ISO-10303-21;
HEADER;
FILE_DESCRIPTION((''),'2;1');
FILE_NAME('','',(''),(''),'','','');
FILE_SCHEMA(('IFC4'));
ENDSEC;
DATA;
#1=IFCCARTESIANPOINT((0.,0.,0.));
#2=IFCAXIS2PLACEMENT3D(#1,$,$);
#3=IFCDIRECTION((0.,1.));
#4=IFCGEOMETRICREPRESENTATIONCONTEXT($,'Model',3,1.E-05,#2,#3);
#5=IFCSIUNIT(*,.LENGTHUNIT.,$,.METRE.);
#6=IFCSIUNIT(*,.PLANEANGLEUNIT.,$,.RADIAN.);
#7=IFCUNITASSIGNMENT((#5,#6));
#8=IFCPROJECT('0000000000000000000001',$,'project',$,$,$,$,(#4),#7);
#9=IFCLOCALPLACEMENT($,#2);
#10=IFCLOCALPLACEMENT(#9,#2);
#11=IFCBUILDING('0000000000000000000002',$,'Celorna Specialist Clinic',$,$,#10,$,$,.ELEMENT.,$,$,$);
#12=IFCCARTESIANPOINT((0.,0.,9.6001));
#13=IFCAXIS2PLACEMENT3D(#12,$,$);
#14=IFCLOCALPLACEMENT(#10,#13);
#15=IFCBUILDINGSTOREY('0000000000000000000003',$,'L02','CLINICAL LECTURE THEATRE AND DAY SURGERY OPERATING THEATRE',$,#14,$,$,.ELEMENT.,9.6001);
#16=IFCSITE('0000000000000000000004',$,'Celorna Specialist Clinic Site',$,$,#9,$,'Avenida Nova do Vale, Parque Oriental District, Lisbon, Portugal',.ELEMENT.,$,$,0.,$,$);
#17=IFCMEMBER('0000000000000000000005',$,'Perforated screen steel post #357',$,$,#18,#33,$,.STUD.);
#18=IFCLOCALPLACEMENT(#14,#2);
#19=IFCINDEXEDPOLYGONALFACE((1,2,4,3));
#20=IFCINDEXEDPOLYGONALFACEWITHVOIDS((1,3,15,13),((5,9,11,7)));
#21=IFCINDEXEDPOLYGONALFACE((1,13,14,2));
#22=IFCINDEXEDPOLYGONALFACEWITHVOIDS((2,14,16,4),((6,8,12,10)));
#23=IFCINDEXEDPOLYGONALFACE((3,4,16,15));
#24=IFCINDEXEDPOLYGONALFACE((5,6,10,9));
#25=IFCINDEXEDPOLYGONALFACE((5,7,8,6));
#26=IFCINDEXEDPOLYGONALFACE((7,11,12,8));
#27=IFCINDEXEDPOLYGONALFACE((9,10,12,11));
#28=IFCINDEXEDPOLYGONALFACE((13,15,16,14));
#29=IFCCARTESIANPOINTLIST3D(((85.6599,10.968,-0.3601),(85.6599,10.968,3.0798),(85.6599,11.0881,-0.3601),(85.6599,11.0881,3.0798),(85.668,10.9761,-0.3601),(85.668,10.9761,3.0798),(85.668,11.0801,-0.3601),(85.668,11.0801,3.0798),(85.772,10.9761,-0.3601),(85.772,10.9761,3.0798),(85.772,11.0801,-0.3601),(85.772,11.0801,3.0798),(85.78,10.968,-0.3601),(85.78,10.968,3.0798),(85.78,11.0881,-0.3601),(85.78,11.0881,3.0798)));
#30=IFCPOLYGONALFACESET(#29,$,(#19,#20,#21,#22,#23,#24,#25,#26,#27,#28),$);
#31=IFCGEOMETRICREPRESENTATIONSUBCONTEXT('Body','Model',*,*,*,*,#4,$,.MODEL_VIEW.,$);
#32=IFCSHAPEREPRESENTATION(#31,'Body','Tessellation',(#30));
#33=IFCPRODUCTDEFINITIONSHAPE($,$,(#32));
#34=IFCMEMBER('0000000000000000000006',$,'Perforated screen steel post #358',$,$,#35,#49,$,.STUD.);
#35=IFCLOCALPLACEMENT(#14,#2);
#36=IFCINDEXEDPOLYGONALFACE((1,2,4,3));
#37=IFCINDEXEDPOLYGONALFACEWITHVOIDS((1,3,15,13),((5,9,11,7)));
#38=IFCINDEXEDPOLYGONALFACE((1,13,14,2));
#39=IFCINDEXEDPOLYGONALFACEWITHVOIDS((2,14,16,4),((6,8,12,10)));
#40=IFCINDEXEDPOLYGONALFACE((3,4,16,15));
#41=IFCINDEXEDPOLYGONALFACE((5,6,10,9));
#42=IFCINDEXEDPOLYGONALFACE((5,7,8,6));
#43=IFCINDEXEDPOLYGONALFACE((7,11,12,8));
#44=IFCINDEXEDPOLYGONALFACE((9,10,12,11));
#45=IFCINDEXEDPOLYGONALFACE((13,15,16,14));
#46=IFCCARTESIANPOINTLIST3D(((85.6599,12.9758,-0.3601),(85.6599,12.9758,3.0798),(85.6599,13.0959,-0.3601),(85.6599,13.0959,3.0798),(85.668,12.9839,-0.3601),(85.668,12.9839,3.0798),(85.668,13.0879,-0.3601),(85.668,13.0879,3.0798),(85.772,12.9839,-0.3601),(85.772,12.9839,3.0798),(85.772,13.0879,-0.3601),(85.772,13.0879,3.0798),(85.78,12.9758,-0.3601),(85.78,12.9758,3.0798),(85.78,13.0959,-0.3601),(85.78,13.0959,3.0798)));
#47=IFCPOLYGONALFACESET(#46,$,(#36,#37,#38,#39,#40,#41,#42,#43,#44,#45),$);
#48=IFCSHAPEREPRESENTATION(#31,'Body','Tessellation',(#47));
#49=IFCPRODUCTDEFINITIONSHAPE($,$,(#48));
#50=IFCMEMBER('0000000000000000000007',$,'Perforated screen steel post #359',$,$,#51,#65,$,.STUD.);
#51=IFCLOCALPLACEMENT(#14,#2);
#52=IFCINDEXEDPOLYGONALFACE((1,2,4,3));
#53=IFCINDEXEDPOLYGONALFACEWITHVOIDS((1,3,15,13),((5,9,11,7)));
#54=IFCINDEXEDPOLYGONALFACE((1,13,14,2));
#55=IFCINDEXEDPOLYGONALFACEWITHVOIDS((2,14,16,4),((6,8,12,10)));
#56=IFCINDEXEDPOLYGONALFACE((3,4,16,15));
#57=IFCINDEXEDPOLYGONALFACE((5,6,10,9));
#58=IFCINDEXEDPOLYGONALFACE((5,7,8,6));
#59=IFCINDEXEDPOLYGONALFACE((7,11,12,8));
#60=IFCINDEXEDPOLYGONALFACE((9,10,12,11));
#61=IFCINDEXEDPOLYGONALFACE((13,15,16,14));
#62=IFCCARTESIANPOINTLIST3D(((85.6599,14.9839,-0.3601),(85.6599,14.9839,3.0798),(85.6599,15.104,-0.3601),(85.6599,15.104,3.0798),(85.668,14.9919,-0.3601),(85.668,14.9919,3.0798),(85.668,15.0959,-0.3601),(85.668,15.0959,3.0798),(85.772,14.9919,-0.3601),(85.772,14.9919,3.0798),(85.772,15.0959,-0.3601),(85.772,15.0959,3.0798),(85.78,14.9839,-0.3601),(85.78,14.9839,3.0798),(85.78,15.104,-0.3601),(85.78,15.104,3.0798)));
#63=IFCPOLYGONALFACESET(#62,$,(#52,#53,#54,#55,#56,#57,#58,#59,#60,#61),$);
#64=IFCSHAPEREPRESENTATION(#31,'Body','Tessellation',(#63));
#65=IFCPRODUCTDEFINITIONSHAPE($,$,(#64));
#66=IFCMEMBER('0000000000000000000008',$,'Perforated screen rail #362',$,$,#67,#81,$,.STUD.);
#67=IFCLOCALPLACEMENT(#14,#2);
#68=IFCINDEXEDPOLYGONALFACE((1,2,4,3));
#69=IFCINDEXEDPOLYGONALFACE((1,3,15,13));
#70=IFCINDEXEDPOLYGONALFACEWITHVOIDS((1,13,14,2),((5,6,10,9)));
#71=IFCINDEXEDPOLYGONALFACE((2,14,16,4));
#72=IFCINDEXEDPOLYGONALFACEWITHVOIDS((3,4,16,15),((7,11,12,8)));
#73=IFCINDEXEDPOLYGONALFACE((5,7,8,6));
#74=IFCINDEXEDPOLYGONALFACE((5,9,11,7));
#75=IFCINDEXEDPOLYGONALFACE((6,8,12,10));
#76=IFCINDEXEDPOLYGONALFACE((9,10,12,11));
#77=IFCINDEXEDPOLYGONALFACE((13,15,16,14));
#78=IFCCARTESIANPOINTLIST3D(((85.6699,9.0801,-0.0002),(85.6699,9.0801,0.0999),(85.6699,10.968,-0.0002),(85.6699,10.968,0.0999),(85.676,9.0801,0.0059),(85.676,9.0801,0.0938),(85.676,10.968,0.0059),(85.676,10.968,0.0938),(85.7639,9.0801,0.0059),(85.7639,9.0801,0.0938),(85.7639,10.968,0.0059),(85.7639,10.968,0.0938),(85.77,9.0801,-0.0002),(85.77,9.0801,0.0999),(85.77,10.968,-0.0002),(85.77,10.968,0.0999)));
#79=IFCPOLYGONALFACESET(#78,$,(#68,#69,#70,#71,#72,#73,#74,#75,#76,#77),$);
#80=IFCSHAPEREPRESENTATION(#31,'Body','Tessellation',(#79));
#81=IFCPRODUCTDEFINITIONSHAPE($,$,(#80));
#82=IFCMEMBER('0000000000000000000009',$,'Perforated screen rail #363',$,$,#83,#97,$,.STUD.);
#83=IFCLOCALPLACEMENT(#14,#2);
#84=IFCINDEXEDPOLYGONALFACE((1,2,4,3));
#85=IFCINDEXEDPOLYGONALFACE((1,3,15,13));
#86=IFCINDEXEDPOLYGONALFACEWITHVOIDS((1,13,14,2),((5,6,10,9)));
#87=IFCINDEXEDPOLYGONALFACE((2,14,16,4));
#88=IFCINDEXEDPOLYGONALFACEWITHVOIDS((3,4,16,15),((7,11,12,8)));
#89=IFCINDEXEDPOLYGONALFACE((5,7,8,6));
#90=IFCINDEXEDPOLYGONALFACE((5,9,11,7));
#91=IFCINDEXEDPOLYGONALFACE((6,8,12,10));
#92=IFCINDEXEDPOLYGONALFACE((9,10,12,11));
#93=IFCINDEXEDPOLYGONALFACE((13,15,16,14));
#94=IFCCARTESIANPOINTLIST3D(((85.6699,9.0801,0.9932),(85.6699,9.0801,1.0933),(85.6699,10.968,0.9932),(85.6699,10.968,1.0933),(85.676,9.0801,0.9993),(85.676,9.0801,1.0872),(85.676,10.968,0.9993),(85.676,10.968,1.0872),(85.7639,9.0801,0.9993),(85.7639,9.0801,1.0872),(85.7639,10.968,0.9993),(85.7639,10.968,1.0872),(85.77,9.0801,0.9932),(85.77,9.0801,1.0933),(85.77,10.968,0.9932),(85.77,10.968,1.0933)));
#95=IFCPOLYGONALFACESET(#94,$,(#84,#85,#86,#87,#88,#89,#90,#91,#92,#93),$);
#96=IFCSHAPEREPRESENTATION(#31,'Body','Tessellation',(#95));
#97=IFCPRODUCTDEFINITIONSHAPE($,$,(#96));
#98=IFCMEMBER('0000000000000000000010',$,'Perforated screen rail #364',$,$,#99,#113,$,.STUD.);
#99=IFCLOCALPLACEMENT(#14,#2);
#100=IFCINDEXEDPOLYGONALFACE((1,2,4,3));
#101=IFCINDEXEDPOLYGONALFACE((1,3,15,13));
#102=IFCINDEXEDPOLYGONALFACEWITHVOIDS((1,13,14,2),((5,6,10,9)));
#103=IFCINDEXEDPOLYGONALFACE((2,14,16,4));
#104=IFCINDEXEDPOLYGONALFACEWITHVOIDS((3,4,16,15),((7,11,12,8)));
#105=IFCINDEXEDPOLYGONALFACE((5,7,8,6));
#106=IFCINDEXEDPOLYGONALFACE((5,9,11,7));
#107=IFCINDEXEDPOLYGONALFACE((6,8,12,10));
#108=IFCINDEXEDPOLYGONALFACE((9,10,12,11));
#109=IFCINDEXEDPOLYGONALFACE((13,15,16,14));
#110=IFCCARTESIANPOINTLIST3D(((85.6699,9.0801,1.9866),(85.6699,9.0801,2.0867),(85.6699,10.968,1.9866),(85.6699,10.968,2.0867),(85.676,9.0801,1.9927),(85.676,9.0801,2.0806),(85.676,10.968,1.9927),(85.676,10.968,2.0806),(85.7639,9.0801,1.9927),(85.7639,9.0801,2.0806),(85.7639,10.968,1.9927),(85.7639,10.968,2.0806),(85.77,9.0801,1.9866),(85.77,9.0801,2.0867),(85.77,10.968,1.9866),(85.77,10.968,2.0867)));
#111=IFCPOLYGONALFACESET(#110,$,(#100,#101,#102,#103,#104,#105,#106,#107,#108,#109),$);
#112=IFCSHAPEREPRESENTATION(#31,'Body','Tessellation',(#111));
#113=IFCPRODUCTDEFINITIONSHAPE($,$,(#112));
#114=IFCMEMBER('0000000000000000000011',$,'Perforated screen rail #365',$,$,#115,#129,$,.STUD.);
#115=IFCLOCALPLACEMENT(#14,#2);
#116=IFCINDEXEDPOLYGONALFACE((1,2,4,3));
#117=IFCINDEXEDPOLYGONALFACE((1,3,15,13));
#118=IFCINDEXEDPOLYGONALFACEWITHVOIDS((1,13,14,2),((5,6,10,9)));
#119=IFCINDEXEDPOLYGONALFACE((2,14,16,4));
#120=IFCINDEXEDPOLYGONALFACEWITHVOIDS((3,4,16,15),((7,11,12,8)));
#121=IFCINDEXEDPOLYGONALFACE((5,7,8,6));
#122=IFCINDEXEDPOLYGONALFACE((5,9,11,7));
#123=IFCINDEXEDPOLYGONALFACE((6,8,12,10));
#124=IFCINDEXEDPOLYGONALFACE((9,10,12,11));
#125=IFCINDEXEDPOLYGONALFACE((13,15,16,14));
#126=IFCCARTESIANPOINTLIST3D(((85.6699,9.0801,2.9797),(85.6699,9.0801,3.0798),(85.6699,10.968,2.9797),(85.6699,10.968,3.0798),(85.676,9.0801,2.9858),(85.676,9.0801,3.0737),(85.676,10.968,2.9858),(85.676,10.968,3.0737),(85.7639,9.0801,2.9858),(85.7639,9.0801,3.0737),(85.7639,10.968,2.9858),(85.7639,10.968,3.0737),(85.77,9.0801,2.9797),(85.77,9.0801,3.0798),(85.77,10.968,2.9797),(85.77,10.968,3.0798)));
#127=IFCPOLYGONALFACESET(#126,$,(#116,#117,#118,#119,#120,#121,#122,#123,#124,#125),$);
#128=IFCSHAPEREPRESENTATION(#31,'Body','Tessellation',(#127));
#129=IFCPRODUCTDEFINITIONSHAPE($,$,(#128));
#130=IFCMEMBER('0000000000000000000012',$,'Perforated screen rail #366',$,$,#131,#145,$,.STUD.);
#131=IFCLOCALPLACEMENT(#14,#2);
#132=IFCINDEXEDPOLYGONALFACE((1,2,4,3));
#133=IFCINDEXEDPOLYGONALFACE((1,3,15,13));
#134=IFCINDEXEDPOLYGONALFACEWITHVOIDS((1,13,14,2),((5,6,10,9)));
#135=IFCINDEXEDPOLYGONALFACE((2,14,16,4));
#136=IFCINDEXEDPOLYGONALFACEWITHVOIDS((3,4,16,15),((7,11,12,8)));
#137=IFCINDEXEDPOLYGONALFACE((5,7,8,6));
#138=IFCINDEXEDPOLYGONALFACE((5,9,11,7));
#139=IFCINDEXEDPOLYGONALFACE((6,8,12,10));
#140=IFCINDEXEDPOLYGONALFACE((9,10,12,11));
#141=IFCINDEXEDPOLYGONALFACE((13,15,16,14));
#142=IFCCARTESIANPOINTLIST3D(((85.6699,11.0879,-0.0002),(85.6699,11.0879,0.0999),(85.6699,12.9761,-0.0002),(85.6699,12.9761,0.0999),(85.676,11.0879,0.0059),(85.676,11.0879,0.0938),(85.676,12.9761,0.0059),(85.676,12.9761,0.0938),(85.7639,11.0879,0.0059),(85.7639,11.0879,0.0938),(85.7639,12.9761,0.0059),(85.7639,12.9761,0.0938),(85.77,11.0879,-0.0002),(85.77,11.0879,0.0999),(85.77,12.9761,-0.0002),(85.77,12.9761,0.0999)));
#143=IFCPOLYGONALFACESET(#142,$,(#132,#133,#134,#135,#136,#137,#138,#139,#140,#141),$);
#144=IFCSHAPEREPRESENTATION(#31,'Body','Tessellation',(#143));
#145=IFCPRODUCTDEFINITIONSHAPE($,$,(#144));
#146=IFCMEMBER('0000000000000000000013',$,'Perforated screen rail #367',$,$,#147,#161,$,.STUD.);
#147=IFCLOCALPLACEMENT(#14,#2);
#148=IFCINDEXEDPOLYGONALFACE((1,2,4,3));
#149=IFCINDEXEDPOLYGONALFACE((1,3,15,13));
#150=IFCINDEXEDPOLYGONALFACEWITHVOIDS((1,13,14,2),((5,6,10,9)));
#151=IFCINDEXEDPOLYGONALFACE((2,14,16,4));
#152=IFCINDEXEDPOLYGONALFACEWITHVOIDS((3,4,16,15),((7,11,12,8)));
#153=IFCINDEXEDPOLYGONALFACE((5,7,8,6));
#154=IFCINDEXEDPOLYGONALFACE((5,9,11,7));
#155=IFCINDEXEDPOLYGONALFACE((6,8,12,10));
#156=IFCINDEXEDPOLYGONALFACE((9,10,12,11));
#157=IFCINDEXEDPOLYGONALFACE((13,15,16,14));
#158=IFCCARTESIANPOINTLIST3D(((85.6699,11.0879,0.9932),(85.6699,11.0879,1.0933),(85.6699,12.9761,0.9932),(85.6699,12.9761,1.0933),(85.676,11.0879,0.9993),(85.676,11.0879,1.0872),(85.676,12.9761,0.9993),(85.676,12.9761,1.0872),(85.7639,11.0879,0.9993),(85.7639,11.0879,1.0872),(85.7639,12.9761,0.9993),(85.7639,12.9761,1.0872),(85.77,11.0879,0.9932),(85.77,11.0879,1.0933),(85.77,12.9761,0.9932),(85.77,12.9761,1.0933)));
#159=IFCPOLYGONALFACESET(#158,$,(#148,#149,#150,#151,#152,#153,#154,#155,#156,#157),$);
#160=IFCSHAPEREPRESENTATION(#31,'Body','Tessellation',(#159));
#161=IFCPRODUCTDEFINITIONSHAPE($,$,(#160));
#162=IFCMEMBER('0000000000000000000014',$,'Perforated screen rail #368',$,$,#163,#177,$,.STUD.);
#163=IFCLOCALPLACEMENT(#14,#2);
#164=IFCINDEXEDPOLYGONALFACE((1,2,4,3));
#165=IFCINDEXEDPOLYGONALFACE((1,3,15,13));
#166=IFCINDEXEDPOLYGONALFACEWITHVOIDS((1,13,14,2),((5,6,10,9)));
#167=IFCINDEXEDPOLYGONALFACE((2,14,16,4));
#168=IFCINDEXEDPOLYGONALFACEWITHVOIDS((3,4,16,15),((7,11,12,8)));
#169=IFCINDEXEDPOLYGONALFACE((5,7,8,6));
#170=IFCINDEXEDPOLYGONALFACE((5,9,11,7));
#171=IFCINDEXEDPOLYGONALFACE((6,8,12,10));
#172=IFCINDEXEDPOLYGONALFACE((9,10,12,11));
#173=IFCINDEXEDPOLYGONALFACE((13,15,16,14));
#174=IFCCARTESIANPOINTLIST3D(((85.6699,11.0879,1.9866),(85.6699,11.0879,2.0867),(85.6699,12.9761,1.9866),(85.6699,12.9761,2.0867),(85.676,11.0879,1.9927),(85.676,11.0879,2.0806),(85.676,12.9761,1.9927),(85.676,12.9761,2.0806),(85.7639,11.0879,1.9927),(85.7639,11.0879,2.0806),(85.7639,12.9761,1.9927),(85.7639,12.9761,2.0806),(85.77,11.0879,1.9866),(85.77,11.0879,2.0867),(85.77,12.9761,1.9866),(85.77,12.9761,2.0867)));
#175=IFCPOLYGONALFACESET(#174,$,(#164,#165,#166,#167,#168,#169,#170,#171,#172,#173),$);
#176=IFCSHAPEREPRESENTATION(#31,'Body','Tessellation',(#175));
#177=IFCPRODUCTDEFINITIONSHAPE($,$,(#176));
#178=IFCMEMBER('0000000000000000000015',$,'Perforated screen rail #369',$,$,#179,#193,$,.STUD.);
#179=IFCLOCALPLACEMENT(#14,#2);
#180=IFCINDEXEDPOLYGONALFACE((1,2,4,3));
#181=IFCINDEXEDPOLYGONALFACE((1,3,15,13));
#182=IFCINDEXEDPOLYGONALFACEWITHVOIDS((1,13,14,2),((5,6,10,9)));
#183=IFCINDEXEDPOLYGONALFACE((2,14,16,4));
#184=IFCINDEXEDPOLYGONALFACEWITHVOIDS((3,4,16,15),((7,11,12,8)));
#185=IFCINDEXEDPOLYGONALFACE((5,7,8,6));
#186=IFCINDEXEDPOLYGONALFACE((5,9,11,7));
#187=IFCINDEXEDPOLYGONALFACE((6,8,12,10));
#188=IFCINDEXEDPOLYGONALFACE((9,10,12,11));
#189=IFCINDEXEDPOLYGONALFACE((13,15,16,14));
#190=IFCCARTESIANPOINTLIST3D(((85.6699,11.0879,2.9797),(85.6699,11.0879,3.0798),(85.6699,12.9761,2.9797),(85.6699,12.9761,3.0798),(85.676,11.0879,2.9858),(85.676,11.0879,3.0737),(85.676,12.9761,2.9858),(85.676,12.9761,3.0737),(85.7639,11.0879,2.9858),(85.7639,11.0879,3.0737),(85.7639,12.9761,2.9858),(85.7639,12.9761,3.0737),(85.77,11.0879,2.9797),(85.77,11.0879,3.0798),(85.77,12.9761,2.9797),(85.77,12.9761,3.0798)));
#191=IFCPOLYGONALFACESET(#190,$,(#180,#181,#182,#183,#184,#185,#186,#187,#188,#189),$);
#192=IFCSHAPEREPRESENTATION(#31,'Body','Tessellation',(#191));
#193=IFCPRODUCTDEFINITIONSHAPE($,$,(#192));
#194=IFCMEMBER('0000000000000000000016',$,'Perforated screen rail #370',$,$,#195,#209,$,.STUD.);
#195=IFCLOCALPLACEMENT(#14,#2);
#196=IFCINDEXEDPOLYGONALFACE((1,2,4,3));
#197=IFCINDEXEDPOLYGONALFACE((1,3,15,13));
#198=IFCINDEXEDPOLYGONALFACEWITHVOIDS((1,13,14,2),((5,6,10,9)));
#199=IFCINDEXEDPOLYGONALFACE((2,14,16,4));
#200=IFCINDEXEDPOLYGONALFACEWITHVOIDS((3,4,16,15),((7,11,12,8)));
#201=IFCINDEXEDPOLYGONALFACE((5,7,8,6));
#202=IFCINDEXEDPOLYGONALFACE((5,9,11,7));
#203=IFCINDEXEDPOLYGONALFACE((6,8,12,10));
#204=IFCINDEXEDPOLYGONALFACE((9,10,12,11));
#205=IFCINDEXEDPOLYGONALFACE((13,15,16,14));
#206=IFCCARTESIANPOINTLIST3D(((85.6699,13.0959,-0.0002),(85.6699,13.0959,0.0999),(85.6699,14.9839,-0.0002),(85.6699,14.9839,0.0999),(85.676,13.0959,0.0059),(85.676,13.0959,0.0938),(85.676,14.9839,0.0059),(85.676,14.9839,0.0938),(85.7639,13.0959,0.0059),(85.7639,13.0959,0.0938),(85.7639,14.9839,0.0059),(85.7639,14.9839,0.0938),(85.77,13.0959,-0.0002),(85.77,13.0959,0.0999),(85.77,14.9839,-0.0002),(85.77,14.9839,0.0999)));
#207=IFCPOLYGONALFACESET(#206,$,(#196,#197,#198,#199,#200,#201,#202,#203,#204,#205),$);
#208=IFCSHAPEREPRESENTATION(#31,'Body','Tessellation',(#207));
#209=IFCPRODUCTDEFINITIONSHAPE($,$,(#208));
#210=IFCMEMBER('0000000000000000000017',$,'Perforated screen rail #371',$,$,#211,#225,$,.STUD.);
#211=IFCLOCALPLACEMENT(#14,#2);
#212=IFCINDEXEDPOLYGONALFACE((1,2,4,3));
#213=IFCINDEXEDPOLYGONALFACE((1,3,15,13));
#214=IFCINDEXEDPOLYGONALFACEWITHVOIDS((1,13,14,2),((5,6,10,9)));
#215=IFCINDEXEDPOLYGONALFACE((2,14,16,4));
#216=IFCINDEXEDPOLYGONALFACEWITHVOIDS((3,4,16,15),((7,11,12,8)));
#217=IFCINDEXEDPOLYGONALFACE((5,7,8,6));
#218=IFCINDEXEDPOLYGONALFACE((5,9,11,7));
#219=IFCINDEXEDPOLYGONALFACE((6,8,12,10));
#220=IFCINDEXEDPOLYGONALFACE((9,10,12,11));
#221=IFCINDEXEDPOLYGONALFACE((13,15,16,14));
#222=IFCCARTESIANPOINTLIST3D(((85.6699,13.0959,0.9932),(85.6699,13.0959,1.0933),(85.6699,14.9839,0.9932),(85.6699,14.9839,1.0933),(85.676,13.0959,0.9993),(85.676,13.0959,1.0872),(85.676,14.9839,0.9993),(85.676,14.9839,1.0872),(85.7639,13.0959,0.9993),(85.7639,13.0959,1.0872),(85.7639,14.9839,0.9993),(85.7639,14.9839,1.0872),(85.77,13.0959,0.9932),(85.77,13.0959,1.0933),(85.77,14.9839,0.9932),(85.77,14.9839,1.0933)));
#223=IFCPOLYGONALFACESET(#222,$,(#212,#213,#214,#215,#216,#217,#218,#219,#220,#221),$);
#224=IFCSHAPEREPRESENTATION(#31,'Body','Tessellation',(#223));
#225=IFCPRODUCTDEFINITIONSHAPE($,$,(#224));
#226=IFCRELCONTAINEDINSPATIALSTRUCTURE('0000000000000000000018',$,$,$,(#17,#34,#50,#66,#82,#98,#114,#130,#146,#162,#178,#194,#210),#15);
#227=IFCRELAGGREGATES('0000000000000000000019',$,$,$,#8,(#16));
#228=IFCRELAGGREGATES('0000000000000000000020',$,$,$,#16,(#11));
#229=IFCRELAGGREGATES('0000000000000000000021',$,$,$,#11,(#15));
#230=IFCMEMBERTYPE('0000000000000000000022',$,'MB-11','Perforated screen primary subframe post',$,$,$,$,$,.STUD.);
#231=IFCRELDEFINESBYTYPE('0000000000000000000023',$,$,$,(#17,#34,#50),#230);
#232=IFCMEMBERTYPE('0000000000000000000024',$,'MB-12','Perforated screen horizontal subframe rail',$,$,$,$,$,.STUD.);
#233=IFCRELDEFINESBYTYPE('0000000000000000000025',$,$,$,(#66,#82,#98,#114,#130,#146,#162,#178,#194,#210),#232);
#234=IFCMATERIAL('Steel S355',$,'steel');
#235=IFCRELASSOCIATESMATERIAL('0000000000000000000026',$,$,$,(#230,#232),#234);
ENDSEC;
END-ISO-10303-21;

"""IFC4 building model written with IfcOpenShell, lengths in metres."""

from ifc_helpers import new_model, si_unit, direction, frame, origin, origin_2d, place, context, subcontext, project, spatial, hollow_rectangle, extrude, material, material_profile, profile_set, type_object, element, save


model = new_model("IFC4")

# Units and contexts
model_context = context("Model", 3, precision=1e-05, world=origin(), true_north=direction((0.0, 1.0)))
body_context = subcontext(model_context, "Body", "Model", "MODEL_VIEW")
ifc_project = project(units=[si_unit("LENGTHUNIT", "METRE"), si_unit("PLANEANGLEUNIT", "RADIAN")], contexts=[model_context])

# Site, building, storey
site_placement = place(None, origin())
site = spatial("IfcSite", under=ifc_project, at=site_placement, Name="Celorna Specialist Clinic Site", LongName="Avenida Nova do Vale, Parque Oriental District, Lisbon, Portugal", CompositionType="ELEMENT", RefElevation=0.0)
building_placement = place(site_placement, origin())
building = spatial("IfcBuilding", under=site, at=building_placement, Name="Celorna Specialist Clinic", CompositionType="ELEMENT")
storey_placement = place(building_placement, frame((0.0, 0.0, 9.6001)))
storey = spatial("IfcBuildingStorey", under=building, at=storey_placement, Name="L02", Description="CLINICAL LECTURE THEATRE AND DAY SURGERY OPERATING THEATRE", CompositionType="ELEMENT", Elevation=9.6001)

# Members
ifc_material_1 = material(Name="Steel S355", Category="steel")
ifc_material_profile_1 = material_profile(ifc_material_1, hollow_rectangle(XDim=0.1201, YDim=0.1201, WallThickness=0.0081, at=origin_2d()), Name="SHS 120x120x8")
ifc_profile_set_1 = profile_set([ifc_material_profile_1], Name="Steel S355")
member_type_1 = type_object("IfcMemberType", Name="MB-11", Description="Perforated screen primary subframe post", PredefinedType="STUD", material=ifc_profile_set_1)
for number, where, z_axis, x_axis, name in (
    (1, (85.72, 11.0281, -0.3601), (0.0, 0.0, 1.0), (1.0, 0.0, 0.0), "Perforated screen steel post #357"),
    (2, (85.72, 13.0359, -0.3601), (0.0, 0.0, 1.0), (1.0, 0.0, 0.0), "Perforated screen steel post #358"),
    (3, (85.72, 15.0439, -0.3601), (0.0, 0.0, 1.0), (1.0, 0.0, 0.0), "Perforated screen steel post #359"),
):
    element("IfcMember", number, at=place(storey_placement, frame(where, z_axis=z_axis, x_axis=x_axis)), inside=storey, type_object=member_type_1, Name=name, PredefinedType="STUD", context=body_context, shape_type="SweptSolid", body=[
        extrude(hollow_rectangle(XDim=0.1201, YDim=0.1201, WallThickness=0.0081, at=origin_2d()), origin(), (0.0, 0.0, 1.0), 3.4399),
    ])
ifc_material_profile_2 = material_profile(ifc_material_1, hollow_rectangle(XDim=0.1001, YDim=0.1001, WallThickness=0.0061, at=origin_2d()), Name="SHS 100x100x6")
ifc_profile_set_2 = profile_set([ifc_material_profile_2], Name="Steel S355")
member_type_2 = type_object("IfcMemberType", Name="MB-12", Description="Perforated screen horizontal subframe rail", PredefinedType="STUD", material=ifc_profile_set_2)
for number, where, z_axis, x_axis, name in (
    (4, (85.72, 9.0801, 0.0498), (0.0, 1.0, 0.0), (-1.0, 0.0, 0.0), "Perforated screen rail #362"),
    (5, (85.72, 9.0801, 1.0432), (0.0, 1.0, 0.0), (-1.0, 0.0, 0.0), "Perforated screen rail #363"),
    (6, (85.72, 9.0801, 2.0366), (0.0, 1.0, 0.0), (-1.0, 0.0, 0.0), "Perforated screen rail #364"),
    (7, (85.72, 9.0801, 3.0298), (0.0, 1.0, 0.0), (-1.0, 0.0, 0.0), "Perforated screen rail #365"),
):
    element("IfcMember", number, at=place(storey_placement, frame(where, z_axis=z_axis, x_axis=x_axis)), inside=storey, type_object=member_type_2, Name=name, PredefinedType="STUD", context=body_context, shape_type="SweptSolid", body=[
        extrude(hollow_rectangle(XDim=0.1001, YDim=0.1001, WallThickness=0.0061, at=origin_2d()), origin(), (0.0, 0.0, 1.0), 1.8879),
    ])
for number, where, z_axis, x_axis, name in (
    (8, (85.72, 11.0879, 0.0498), (0.0, 1.0, 0.0), (-1.0, 0.0, 0.0), "Perforated screen rail #366"),
    (9, (85.72, 11.0879, 1.0432), (0.0, 1.0, 0.0), (-1.0, 0.0, 0.0), "Perforated screen rail #367"),
    (10, (85.72, 11.0879, 2.0366), (0.0, 1.0, 0.0), (-1.0, 0.0, 0.0), "Perforated screen rail #368"),
    (11, (85.72, 11.0879, 3.0298), (0.0, 1.0, 0.0), (-1.0, 0.0, 0.0), "Perforated screen rail #369"),
):
    element("IfcMember", number, at=place(storey_placement, frame(where, z_axis=z_axis, x_axis=x_axis)), inside=storey, type_object=member_type_2, Name=name, PredefinedType="STUD", context=body_context, shape_type="SweptSolid", body=[
        extrude(hollow_rectangle(XDim=0.1001, YDim=0.1001, WallThickness=0.0061, at=origin_2d()), origin(), (0.0, 0.0, 1.0), 1.8882),
    ])
for number, where, z_axis, x_axis, name in (
    (12, (85.72, 13.0959, 0.0498), (0.0, 1.0, 0.0), (-1.0, 0.0, 0.0), "Perforated screen rail #370"),
    (13, (85.72, 13.0959, 1.0432), (0.0, 1.0, 0.0), (-1.0, 0.0, 0.0), "Perforated screen rail #371"),
):
    element("IfcMember", number, at=place(storey_placement, frame(where, z_axis=z_axis, x_axis=x_axis)), inside=storey, type_object=member_type_2, Name=name, PredefinedType="STUD", context=body_context, shape_type="SweptSolid", body=[
        extrude(hollow_rectangle(XDim=0.1001, YDim=0.1001, WallThickness=0.0061, at=origin_2d()), origin(), (0.0, 0.0, 1.0), 1.8879),
    ])

save(model, "model.ifc")
